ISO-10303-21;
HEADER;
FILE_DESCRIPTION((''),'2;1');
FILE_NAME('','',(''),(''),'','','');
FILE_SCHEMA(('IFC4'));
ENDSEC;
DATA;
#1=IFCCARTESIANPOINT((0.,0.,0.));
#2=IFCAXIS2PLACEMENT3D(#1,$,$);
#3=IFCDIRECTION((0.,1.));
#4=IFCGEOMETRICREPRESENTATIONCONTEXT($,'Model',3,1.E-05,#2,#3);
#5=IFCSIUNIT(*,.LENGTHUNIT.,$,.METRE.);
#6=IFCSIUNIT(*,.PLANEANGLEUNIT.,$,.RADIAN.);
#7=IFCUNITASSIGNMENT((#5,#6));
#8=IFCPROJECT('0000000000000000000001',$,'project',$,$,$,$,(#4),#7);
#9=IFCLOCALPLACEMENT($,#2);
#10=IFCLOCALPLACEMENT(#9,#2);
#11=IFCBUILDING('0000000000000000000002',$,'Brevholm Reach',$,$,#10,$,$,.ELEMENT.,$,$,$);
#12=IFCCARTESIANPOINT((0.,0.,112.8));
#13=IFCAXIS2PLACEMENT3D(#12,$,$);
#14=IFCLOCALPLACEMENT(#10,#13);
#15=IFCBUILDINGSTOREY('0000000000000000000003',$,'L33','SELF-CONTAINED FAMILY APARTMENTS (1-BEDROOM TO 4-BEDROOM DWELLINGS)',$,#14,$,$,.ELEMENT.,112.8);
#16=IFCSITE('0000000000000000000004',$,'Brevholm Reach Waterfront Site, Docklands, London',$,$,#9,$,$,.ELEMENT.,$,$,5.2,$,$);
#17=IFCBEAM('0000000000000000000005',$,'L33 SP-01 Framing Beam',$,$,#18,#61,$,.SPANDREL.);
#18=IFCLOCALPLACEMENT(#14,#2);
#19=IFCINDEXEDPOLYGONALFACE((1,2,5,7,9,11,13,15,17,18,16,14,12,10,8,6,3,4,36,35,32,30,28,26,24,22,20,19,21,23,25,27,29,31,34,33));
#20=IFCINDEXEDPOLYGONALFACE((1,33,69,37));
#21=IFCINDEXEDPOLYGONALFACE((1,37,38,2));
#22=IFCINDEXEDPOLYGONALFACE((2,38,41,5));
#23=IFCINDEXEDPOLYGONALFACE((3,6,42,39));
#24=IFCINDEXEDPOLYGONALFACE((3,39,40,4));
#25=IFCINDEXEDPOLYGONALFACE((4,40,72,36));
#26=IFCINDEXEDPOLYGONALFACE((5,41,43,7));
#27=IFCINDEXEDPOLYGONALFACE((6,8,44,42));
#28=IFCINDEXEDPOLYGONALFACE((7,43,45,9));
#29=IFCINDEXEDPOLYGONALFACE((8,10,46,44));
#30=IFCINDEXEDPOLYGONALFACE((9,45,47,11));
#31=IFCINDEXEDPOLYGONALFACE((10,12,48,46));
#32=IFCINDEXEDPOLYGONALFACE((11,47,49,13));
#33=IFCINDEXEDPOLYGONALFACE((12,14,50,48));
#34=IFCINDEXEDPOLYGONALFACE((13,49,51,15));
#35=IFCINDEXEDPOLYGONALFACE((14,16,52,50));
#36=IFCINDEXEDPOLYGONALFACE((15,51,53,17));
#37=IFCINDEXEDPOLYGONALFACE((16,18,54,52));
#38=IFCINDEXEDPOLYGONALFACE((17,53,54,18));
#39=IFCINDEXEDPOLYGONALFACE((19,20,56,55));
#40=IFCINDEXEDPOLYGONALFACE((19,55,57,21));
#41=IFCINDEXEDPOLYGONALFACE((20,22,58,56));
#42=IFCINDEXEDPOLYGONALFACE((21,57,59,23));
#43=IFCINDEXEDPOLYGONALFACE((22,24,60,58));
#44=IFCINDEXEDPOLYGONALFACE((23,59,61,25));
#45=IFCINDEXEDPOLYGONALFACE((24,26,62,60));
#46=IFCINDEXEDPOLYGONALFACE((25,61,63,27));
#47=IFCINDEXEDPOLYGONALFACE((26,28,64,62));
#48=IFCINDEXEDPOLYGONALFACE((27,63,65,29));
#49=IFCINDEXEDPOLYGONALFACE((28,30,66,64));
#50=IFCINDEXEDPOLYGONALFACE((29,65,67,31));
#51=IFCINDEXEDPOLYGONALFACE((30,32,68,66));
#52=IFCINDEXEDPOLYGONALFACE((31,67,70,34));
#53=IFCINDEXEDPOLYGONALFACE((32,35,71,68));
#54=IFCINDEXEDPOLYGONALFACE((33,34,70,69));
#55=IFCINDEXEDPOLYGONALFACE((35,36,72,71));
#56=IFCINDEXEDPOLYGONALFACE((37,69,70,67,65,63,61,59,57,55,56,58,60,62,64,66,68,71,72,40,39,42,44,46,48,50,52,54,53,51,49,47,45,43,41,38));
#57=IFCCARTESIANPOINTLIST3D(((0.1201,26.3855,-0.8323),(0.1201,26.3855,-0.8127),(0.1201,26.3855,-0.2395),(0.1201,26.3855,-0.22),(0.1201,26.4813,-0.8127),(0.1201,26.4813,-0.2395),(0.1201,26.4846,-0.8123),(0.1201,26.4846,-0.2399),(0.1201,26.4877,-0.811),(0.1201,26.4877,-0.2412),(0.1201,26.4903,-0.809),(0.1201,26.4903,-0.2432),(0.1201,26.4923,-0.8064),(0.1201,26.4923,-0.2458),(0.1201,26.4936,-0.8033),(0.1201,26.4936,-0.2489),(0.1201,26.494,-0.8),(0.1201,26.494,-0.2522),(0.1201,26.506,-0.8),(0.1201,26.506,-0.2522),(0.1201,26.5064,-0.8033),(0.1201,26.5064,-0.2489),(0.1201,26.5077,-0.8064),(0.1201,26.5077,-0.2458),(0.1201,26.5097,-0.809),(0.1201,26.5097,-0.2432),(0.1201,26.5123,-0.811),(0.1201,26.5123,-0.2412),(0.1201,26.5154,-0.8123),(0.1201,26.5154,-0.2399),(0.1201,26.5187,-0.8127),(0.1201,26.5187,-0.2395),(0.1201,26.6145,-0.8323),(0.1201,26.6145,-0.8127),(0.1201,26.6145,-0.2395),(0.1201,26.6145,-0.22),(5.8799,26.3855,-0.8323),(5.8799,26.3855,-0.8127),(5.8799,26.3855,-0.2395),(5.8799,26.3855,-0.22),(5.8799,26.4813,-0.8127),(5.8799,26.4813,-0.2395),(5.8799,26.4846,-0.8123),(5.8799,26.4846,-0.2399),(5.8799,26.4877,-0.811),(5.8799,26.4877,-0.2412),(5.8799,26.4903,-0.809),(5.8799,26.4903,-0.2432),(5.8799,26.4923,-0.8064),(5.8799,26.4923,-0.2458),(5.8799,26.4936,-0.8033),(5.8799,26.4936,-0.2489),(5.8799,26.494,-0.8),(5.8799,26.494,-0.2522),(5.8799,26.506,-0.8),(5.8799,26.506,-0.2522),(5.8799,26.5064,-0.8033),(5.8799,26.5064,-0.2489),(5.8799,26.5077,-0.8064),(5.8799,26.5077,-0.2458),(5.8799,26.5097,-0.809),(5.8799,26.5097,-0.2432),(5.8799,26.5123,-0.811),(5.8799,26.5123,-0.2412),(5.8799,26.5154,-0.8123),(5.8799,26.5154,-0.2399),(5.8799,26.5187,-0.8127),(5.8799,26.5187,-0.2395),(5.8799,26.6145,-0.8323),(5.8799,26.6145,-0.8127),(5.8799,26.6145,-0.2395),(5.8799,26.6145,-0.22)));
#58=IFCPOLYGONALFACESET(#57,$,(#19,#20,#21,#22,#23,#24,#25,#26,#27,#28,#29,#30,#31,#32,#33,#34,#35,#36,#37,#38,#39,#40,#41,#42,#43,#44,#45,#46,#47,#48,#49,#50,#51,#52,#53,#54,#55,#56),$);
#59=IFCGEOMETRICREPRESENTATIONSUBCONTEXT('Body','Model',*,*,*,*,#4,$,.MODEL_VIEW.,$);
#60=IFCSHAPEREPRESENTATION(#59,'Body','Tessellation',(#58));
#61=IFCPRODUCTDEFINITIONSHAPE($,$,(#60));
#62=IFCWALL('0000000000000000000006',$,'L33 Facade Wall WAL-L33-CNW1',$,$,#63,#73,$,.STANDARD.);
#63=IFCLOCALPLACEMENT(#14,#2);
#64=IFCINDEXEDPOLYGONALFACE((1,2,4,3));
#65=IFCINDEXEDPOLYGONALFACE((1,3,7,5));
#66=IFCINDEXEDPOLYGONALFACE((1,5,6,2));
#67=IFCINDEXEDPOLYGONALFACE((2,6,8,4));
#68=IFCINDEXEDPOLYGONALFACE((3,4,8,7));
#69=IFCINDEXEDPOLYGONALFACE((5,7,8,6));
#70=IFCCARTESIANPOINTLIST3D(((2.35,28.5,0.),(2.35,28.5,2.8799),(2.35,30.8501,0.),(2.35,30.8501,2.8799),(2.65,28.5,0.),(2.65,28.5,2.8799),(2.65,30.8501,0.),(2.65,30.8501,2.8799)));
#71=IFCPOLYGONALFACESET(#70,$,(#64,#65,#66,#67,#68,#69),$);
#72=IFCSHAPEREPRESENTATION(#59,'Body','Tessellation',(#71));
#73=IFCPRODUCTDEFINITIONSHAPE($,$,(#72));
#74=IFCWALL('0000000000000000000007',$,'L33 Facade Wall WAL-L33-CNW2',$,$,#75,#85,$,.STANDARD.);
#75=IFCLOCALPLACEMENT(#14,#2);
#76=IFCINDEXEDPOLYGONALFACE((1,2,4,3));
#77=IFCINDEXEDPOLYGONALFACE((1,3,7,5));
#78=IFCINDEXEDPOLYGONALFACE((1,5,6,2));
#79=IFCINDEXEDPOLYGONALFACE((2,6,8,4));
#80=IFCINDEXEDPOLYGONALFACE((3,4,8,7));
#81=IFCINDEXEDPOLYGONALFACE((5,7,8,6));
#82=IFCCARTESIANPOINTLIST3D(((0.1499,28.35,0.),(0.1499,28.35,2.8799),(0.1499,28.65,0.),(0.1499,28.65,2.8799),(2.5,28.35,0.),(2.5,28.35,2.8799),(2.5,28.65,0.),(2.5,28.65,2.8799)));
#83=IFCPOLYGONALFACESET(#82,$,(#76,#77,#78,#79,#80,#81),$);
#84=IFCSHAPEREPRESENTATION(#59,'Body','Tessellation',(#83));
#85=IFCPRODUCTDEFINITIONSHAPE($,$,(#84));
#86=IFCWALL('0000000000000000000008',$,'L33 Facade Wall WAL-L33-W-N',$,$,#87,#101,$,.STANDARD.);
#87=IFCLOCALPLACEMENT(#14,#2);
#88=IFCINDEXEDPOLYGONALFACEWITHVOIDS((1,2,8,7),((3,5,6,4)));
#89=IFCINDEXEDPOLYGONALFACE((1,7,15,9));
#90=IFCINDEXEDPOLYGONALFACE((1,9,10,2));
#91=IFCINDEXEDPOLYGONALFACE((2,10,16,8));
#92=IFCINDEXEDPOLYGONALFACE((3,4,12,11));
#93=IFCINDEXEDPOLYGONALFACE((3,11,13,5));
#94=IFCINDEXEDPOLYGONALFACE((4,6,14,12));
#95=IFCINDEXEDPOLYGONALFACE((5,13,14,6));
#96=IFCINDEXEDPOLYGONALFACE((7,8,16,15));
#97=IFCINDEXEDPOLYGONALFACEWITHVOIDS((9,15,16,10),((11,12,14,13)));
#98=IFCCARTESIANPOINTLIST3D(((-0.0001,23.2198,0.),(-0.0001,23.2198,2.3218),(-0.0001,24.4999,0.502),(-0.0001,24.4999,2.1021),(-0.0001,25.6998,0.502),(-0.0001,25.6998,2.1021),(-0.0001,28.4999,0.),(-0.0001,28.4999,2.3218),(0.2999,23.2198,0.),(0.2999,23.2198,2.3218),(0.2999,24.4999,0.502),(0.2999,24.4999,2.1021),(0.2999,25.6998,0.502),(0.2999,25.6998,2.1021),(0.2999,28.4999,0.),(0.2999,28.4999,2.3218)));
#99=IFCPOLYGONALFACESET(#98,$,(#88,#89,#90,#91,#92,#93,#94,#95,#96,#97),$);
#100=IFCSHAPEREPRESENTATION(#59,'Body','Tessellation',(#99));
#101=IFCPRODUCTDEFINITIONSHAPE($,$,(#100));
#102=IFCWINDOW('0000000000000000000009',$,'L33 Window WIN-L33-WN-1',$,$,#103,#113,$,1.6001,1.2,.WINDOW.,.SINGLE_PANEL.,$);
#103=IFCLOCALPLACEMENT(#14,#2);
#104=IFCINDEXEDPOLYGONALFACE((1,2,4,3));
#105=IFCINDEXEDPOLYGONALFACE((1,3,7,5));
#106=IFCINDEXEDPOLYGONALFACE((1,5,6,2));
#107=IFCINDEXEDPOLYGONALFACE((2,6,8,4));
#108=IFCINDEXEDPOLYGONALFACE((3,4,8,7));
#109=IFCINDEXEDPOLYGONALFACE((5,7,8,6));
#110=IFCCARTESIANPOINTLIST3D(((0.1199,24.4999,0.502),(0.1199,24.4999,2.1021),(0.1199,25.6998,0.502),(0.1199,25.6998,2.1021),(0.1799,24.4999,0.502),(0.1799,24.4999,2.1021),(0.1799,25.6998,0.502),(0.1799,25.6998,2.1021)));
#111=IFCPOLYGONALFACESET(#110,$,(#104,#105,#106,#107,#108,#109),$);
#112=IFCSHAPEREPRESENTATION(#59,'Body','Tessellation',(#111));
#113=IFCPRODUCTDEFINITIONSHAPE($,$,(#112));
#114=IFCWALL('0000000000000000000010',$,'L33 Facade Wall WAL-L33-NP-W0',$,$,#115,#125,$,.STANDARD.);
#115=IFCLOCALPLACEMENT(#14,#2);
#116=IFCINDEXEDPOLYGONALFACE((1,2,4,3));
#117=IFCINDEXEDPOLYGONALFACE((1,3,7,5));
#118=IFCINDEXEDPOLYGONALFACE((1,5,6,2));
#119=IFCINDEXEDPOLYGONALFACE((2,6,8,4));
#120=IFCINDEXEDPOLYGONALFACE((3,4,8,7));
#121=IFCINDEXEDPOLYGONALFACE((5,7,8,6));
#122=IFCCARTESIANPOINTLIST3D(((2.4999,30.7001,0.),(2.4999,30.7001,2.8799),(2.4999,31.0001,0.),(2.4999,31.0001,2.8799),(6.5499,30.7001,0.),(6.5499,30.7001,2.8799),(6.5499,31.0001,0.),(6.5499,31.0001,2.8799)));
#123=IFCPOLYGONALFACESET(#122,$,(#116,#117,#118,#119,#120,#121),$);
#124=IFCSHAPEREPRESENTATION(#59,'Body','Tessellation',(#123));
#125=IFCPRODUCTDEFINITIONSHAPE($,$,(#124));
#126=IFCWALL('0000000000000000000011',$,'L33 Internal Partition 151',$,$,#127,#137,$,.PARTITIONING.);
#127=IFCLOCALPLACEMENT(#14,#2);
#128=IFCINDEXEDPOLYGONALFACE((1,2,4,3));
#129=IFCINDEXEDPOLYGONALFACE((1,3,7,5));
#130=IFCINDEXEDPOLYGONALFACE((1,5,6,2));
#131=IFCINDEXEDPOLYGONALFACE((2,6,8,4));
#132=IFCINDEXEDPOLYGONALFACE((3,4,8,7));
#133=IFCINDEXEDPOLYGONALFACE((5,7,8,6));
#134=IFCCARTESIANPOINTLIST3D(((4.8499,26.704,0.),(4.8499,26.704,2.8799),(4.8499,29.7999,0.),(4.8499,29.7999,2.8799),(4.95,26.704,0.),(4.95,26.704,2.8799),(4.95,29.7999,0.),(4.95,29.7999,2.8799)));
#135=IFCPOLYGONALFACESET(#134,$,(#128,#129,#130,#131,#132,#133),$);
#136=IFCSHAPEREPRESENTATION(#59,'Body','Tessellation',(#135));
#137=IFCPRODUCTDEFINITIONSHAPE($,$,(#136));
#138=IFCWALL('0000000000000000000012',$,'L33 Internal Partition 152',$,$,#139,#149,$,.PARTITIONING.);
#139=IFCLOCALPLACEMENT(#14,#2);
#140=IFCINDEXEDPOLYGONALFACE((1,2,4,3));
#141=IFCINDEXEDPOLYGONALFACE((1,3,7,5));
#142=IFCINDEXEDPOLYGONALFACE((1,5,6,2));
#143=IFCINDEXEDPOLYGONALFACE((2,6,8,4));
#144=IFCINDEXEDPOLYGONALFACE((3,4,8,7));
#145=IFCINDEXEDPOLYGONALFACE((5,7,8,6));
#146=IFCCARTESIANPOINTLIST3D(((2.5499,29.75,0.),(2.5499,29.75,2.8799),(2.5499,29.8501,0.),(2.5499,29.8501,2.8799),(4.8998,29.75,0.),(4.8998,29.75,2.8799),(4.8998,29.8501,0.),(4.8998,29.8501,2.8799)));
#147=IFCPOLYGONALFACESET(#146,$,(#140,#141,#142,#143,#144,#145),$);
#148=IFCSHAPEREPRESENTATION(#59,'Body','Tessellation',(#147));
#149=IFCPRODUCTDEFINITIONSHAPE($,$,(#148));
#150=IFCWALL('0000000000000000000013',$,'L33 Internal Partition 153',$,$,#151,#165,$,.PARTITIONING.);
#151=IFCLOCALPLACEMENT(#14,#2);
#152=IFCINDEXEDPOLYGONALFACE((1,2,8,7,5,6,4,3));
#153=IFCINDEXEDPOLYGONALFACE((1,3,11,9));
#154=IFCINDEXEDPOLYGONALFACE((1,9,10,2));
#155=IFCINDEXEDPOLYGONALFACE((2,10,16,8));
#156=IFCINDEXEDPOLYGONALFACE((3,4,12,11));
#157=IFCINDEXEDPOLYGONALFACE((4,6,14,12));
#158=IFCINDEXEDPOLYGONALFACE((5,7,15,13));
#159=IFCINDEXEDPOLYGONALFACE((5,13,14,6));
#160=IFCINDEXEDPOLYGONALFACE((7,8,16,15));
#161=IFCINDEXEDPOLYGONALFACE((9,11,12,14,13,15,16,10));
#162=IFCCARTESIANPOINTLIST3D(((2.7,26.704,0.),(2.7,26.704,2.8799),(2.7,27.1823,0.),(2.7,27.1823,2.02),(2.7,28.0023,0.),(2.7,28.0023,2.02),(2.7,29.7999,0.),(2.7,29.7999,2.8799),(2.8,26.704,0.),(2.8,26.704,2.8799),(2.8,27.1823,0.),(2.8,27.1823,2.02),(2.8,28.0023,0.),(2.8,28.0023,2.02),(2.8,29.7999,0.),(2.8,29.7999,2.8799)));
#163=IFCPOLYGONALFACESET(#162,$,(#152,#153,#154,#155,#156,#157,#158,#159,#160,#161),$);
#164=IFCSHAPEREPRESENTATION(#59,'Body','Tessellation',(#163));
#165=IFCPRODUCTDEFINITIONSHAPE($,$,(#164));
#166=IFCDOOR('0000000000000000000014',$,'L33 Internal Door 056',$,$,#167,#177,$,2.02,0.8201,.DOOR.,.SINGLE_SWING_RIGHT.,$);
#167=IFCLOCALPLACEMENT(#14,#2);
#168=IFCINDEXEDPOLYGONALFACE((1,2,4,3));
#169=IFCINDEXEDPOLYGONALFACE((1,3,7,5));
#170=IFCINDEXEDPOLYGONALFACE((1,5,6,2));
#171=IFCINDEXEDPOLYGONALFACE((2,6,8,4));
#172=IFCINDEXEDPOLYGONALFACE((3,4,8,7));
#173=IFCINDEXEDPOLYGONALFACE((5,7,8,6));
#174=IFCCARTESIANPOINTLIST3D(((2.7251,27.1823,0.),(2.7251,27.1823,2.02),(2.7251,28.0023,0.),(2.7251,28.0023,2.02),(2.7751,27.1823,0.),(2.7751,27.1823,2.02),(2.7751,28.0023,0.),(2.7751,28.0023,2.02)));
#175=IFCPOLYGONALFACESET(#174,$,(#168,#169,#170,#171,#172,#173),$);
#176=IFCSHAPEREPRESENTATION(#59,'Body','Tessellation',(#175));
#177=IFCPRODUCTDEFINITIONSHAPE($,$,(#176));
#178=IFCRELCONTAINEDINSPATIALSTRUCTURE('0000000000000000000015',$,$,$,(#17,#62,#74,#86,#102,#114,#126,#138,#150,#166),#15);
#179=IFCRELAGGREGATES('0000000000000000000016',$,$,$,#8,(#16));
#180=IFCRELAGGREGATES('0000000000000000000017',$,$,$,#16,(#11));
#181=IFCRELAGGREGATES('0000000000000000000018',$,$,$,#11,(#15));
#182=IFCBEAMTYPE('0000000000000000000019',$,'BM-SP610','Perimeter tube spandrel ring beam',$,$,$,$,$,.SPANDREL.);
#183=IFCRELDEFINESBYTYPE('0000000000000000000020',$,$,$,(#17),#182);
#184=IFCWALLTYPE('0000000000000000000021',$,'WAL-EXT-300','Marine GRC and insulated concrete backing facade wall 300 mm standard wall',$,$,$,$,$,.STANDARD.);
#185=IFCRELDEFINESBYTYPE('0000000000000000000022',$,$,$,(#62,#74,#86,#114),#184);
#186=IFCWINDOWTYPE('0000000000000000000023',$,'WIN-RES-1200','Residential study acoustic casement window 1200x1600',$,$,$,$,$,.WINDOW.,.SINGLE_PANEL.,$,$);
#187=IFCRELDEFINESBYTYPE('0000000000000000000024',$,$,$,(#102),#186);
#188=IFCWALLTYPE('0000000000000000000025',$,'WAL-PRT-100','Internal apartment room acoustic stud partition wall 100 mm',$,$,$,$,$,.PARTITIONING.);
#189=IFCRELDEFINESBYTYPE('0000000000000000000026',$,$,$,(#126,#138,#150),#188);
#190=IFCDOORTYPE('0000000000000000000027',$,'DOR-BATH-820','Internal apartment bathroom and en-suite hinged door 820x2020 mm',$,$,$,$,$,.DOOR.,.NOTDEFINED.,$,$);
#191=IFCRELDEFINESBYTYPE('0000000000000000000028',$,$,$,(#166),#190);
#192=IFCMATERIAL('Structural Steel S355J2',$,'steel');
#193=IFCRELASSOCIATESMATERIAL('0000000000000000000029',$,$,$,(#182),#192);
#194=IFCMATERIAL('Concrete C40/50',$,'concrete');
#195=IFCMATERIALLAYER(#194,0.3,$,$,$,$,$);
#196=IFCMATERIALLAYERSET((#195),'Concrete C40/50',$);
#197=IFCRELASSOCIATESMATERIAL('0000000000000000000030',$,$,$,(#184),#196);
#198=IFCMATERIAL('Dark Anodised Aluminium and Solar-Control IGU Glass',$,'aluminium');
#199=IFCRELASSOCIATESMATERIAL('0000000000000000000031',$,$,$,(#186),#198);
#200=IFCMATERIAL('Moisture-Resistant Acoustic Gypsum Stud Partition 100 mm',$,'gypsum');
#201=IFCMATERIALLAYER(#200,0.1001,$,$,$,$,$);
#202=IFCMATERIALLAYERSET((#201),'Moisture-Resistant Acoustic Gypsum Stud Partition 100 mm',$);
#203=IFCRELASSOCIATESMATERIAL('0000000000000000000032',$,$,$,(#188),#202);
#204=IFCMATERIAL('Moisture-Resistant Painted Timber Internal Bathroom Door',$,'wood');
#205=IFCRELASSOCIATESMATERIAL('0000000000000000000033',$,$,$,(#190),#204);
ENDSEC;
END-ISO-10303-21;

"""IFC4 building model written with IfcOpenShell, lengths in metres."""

from ifc_helpers import new_model, si_unit, direction, frame, frame_2d, origin, origin_2d, place, context, subcontext, project, spatial, rectangle, i_section, extrude, material, layer, layer_set, material_profile, profile_set, type_object, element, fill, save


model = new_model("IFC4")

# Units and contexts
model_context = context("Model", 3, precision=1e-05, world=origin(), true_north=direction((0.0, 1.0)))
body_context = subcontext(model_context, "Body", "Model", "MODEL_VIEW")
ifc_project = project(units=[si_unit("LENGTHUNIT", "METRE"), si_unit("PLANEANGLEUNIT", "RADIAN")], contexts=[model_context])

# Site, building, storey
site_placement = place(None, origin())
site = spatial("IfcSite", under=ifc_project, at=site_placement, Name="Brevholm Reach Waterfront Site, Docklands, London", CompositionType="ELEMENT", RefElevation=5.2)
building_placement = place(site_placement, origin())
building = spatial("IfcBuilding", under=site, at=building_placement, Name="Brevholm Reach", CompositionType="ELEMENT")
storey_placement = place(building_placement, frame((0.0, 0.0, 112.8)))
storey = spatial("IfcBuildingStorey", under=building, at=storey_placement, Name="L33", Description="SELF-CONTAINED FAMILY APARTMENTS (1-BEDROOM TO 4-BEDROOM DWELLINGS)", CompositionType="ELEMENT", Elevation=112.8)

# Beam
ifc_material_1 = material(Name="Structural Steel S355J2", Category="steel")
ifc_material_profile_1 = material_profile(ifc_material_1, i_section(OverallWidth=0.229, OverallDepth=0.6123, WebThickness=0.012, FlangeThickness=0.0195, FilletRadius=0.0127, at=origin_2d()), Name="UKB 610x229x125")
ifc_profile_set_1 = profile_set([ifc_material_profile_1], Name="Structural Steel S355J2")
beam_type = type_object("IfcBeamType", Name="BM-SP610", Description="Perimeter tube spandrel ring beam", PredefinedType="SPANDREL", material=ifc_profile_set_1)
beam_placement = place(storey_placement, frame((0.1201, 26.5, -0.5261), z_axis=(1.0, 0.0, 0.0), x_axis=(0.0, 1.0, 0.0)))
element("IfcBeam", 1, at=beam_placement, inside=storey, type_object=beam_type, Name="L33 SP-01 Framing Beam", PredefinedType="SPANDREL", context=body_context, shape_type="SweptSolid", body=[
    extrude(i_section(OverallWidth=0.229, OverallDepth=0.6123, WebThickness=0.012, FlangeThickness=0.0195, FilletRadius=0.0127, at=origin_2d()), origin(), (0.0, 0.0, 1.0), 5.7598),
])

# Walls
ifc_material_2 = material(Name="Concrete C40/50", Category="concrete")
ifc_layer_1 = layer(ifc_material_2, 0.3)
ifc_layer_set_1 = layer_set([ifc_layer_1], Name="Concrete C40/50")
wall_type_1 = type_object("IfcWallType", Name="WAL-EXT-300", Description="Marine GRC and insulated concrete backing facade wall 300 mm standard wall", PredefinedType="STANDARD", material=ifc_layer_set_1)
for number, where, z_axis, x_axis, name in (
    (2, (2.5, 30.8501, 0.0), (0.0, 0.0, 1.0), (0.0, -1.0, 0.0), "L33 Facade Wall WAL-L33-CNW1"),
    (3, (2.5, 28.5, 0.0), (0.0, 0.0, 1.0), (-1.0, 0.0, 0.0), "L33 Facade Wall WAL-L33-CNW2"),
):
    element("IfcWall", number, at=place(storey_placement, frame(where, z_axis=z_axis, x_axis=x_axis)), inside=storey, type_object=wall_type_1, Name=name, PredefinedType="STANDARD", context=body_context, shape_type="SweptSolid", body=[
        extrude(rectangle(XDim=2.3501, YDim=0.3, at=frame_2d((1.175, 0.0))), origin(), (0.0, 0.0, 1.0), 2.8799),
    ])

# Wall, opening, window
wall_1_placement = place(storey_placement, frame((0.1499, 28.5, 0.0), z_axis=(0.0, 0.0, 1.0), x_axis=(0.0, -1.0, 0.0)))
wall_1 = element("IfcWall", 4, at=wall_1_placement, inside=storey, type_object=wall_type_1, Name="L33 Facade Wall WAL-L33-W-N", PredefinedType="STANDARD", context=body_context, shape_type="SweptSolid", body=[
    extrude(rectangle(XDim=5.28, YDim=0.3, at=frame_2d((2.6401, 0.0))), origin(), (0.0, 0.0, 1.0), 2.3218),
])
opening_1_placement = place(wall_1_placement, frame((2.8, 0.0, 0.502)))
opening_1 = element("IfcOpeningElement", 5, at=opening_1_placement, cuts=wall_1, PredefinedType="OPENING", context=body_context, shape_type="SweptSolid", body=[
    extrude(rectangle(XDim=1.2, YDim=1.6001, at=frame_2d((0.6001, 0.8))), frame((0.0, 0.1599, 0.0), z_axis=(0.0, -1.0, 0.0), x_axis=(1.0, 0.0, 0.0)), (0.0, 0.0, 1.0), 0.3201),
])
ifc_material_3 = material(Name="Dark Anodised Aluminium and Solar-Control IGU Glass", Category="aluminium")
window_type = type_object("IfcWindowType", Name="WIN-RES-1200", Description="Residential study acoustic casement window 1200x1600", PartitioningType="SINGLE_PANEL", PredefinedType="WINDOW", material=ifc_material_3)
window_placement = place(opening_1_placement, origin())
window = element("IfcWindow", 6, at=window_placement, inside=storey, type_object=window_type, Name="L33 Window WIN-L33-WN-1", OverallHeight=1.6001, OverallWidth=1.2, PartitioningType="SINGLE_PANEL", PredefinedType="WINDOW", context=body_context, shape_type="SweptSolid", body=[
    extrude(rectangle(XDim=1.2, YDim=1.6001, at=frame_2d((0.6001, 0.8))), frame((0.0, 0.03, 0.0), z_axis=(0.0, -1.0, 0.0), x_axis=(1.0, 0.0, 0.0)), (0.0, 0.0, 1.0), 0.0601),
])
fill(opening_1, window)

# Walls
wall_2_placement = place(storey_placement, frame((2.5, 30.8501, 0.0), z_axis=(0.0, 0.0, 1.0), x_axis=(1.0, 0.0, 0.0)))
element("IfcWall", 7, at=wall_2_placement, inside=storey, type_object=wall_type_1, Name="L33 Facade Wall WAL-L33-NP-W0", PredefinedType="STANDARD", context=body_context, shape_type="SweptSolid", body=[
    extrude(rectangle(XDim=4.05, YDim=0.3, at=frame_2d((2.0249, 0.0))), origin(), (0.0, 0.0, 1.0), 2.8799),
])
ifc_material_4 = material(Name="Moisture-Resistant Acoustic Gypsum Stud Partition 100 mm", Category="gypsum")
ifc_layer_2 = layer(ifc_material_4, 0.1001)
ifc_layer_set_2 = layer_set([ifc_layer_2], Name="Moisture-Resistant Acoustic Gypsum Stud Partition 100 mm")
wall_type_2 = type_object("IfcWallType", Name="WAL-PRT-100", Description="Internal apartment room acoustic stud partition wall 100 mm", PredefinedType="PARTITIONING", material=ifc_layer_set_2)
wall_3_placement = place(storey_placement, frame((4.8999, 26.7041, 0.0), z_axis=(0.0, 0.0, 1.0), x_axis=(0.0, 1.0, 0.0)))
element("IfcWall", 8, at=wall_3_placement, inside=storey, type_object=wall_type_2, Name="L33 Internal Partition 151", PredefinedType="PARTITIONING", context=body_context, shape_type="SweptSolid", body=[
    extrude(rectangle(XDim=3.0959, YDim=0.1001, at=frame_2d((1.5479, 0.0))), origin(), (0.0, 0.0, 1.0), 2.8799),
])
wall_4_placement = place(storey_placement, frame((2.55, 29.8, 0.0), z_axis=(0.0, 0.0, 1.0), x_axis=(1.0, 0.0, 0.0)))
element("IfcWall", 9, at=wall_4_placement, inside=storey, type_object=wall_type_2, Name="L33 Internal Partition 152", PredefinedType="PARTITIONING", context=body_context, shape_type="SweptSolid", body=[
    extrude(rectangle(XDim=2.3499, YDim=0.1001, at=frame_2d((1.1748, 0.0))), origin(), (0.0, 0.0, 1.0), 2.8799),
])

# Wall, opening, door
wall_5_placement = place(storey_placement, frame((2.75, 26.7041, 0.0), z_axis=(0.0, 0.0, 1.0), x_axis=(0.0, 1.0, 0.0)))
wall_5 = element("IfcWall", 10, at=wall_5_placement, inside=storey, type_object=wall_type_2, Name="L33 Internal Partition 153", PredefinedType="PARTITIONING", context=body_context, shape_type="SweptSolid", body=[
    extrude(rectangle(XDim=3.0959, YDim=0.1001, at=frame_2d((1.5479, 0.0))), origin(), (0.0, 0.0, 1.0), 2.8799),
])
opening_2_placement = place(wall_5_placement, frame((0.478, 0.0, 0.0)))
opening_2 = element("IfcOpeningElement", 11, at=opening_2_placement, cuts=wall_5, PredefinedType="OPENING", context=body_context, shape_type="SweptSolid", body=[
    extrude(rectangle(XDim=0.8201, YDim=2.02, at=frame_2d((0.4102, 1.01))), frame((0.0, 0.0601, 0.0), z_axis=(0.0, -1.0, 0.0), x_axis=(1.0, 0.0, 0.0)), (0.0, 0.0, 1.0), 0.1201),
])
ifc_material_5 = material(Name="Moisture-Resistant Painted Timber Internal Bathroom Door", Category="wood")
door_type = type_object("IfcDoorType", Name="DOR-BATH-820", Description="Internal apartment bathroom and en-suite hinged door 820x2020 mm", OperationType="NOTDEFINED", PredefinedType="DOOR", material=ifc_material_5)
door_placement = place(opening_2_placement, origin())
door = element("IfcDoor", 12, at=door_placement, inside=storey, type_object=door_type, Name="L33 Internal Door 056", OperationType="SINGLE_SWING_RIGHT", OverallHeight=2.02, OverallWidth=0.8201, PredefinedType="DOOR", context=body_context, shape_type="SweptSolid", body=[
    extrude(rectangle(XDim=0.8201, YDim=2.02, at=frame_2d((0.4102, 1.01))), frame((0.0, 0.0249, 0.0), z_axis=(0.0, -1.0, 0.0), x_axis=(1.0, 0.0, 0.0)), (0.0, 0.0, 1.0), 0.05),
])
fill(opening_2, door)

save(model, "model.ifc")
